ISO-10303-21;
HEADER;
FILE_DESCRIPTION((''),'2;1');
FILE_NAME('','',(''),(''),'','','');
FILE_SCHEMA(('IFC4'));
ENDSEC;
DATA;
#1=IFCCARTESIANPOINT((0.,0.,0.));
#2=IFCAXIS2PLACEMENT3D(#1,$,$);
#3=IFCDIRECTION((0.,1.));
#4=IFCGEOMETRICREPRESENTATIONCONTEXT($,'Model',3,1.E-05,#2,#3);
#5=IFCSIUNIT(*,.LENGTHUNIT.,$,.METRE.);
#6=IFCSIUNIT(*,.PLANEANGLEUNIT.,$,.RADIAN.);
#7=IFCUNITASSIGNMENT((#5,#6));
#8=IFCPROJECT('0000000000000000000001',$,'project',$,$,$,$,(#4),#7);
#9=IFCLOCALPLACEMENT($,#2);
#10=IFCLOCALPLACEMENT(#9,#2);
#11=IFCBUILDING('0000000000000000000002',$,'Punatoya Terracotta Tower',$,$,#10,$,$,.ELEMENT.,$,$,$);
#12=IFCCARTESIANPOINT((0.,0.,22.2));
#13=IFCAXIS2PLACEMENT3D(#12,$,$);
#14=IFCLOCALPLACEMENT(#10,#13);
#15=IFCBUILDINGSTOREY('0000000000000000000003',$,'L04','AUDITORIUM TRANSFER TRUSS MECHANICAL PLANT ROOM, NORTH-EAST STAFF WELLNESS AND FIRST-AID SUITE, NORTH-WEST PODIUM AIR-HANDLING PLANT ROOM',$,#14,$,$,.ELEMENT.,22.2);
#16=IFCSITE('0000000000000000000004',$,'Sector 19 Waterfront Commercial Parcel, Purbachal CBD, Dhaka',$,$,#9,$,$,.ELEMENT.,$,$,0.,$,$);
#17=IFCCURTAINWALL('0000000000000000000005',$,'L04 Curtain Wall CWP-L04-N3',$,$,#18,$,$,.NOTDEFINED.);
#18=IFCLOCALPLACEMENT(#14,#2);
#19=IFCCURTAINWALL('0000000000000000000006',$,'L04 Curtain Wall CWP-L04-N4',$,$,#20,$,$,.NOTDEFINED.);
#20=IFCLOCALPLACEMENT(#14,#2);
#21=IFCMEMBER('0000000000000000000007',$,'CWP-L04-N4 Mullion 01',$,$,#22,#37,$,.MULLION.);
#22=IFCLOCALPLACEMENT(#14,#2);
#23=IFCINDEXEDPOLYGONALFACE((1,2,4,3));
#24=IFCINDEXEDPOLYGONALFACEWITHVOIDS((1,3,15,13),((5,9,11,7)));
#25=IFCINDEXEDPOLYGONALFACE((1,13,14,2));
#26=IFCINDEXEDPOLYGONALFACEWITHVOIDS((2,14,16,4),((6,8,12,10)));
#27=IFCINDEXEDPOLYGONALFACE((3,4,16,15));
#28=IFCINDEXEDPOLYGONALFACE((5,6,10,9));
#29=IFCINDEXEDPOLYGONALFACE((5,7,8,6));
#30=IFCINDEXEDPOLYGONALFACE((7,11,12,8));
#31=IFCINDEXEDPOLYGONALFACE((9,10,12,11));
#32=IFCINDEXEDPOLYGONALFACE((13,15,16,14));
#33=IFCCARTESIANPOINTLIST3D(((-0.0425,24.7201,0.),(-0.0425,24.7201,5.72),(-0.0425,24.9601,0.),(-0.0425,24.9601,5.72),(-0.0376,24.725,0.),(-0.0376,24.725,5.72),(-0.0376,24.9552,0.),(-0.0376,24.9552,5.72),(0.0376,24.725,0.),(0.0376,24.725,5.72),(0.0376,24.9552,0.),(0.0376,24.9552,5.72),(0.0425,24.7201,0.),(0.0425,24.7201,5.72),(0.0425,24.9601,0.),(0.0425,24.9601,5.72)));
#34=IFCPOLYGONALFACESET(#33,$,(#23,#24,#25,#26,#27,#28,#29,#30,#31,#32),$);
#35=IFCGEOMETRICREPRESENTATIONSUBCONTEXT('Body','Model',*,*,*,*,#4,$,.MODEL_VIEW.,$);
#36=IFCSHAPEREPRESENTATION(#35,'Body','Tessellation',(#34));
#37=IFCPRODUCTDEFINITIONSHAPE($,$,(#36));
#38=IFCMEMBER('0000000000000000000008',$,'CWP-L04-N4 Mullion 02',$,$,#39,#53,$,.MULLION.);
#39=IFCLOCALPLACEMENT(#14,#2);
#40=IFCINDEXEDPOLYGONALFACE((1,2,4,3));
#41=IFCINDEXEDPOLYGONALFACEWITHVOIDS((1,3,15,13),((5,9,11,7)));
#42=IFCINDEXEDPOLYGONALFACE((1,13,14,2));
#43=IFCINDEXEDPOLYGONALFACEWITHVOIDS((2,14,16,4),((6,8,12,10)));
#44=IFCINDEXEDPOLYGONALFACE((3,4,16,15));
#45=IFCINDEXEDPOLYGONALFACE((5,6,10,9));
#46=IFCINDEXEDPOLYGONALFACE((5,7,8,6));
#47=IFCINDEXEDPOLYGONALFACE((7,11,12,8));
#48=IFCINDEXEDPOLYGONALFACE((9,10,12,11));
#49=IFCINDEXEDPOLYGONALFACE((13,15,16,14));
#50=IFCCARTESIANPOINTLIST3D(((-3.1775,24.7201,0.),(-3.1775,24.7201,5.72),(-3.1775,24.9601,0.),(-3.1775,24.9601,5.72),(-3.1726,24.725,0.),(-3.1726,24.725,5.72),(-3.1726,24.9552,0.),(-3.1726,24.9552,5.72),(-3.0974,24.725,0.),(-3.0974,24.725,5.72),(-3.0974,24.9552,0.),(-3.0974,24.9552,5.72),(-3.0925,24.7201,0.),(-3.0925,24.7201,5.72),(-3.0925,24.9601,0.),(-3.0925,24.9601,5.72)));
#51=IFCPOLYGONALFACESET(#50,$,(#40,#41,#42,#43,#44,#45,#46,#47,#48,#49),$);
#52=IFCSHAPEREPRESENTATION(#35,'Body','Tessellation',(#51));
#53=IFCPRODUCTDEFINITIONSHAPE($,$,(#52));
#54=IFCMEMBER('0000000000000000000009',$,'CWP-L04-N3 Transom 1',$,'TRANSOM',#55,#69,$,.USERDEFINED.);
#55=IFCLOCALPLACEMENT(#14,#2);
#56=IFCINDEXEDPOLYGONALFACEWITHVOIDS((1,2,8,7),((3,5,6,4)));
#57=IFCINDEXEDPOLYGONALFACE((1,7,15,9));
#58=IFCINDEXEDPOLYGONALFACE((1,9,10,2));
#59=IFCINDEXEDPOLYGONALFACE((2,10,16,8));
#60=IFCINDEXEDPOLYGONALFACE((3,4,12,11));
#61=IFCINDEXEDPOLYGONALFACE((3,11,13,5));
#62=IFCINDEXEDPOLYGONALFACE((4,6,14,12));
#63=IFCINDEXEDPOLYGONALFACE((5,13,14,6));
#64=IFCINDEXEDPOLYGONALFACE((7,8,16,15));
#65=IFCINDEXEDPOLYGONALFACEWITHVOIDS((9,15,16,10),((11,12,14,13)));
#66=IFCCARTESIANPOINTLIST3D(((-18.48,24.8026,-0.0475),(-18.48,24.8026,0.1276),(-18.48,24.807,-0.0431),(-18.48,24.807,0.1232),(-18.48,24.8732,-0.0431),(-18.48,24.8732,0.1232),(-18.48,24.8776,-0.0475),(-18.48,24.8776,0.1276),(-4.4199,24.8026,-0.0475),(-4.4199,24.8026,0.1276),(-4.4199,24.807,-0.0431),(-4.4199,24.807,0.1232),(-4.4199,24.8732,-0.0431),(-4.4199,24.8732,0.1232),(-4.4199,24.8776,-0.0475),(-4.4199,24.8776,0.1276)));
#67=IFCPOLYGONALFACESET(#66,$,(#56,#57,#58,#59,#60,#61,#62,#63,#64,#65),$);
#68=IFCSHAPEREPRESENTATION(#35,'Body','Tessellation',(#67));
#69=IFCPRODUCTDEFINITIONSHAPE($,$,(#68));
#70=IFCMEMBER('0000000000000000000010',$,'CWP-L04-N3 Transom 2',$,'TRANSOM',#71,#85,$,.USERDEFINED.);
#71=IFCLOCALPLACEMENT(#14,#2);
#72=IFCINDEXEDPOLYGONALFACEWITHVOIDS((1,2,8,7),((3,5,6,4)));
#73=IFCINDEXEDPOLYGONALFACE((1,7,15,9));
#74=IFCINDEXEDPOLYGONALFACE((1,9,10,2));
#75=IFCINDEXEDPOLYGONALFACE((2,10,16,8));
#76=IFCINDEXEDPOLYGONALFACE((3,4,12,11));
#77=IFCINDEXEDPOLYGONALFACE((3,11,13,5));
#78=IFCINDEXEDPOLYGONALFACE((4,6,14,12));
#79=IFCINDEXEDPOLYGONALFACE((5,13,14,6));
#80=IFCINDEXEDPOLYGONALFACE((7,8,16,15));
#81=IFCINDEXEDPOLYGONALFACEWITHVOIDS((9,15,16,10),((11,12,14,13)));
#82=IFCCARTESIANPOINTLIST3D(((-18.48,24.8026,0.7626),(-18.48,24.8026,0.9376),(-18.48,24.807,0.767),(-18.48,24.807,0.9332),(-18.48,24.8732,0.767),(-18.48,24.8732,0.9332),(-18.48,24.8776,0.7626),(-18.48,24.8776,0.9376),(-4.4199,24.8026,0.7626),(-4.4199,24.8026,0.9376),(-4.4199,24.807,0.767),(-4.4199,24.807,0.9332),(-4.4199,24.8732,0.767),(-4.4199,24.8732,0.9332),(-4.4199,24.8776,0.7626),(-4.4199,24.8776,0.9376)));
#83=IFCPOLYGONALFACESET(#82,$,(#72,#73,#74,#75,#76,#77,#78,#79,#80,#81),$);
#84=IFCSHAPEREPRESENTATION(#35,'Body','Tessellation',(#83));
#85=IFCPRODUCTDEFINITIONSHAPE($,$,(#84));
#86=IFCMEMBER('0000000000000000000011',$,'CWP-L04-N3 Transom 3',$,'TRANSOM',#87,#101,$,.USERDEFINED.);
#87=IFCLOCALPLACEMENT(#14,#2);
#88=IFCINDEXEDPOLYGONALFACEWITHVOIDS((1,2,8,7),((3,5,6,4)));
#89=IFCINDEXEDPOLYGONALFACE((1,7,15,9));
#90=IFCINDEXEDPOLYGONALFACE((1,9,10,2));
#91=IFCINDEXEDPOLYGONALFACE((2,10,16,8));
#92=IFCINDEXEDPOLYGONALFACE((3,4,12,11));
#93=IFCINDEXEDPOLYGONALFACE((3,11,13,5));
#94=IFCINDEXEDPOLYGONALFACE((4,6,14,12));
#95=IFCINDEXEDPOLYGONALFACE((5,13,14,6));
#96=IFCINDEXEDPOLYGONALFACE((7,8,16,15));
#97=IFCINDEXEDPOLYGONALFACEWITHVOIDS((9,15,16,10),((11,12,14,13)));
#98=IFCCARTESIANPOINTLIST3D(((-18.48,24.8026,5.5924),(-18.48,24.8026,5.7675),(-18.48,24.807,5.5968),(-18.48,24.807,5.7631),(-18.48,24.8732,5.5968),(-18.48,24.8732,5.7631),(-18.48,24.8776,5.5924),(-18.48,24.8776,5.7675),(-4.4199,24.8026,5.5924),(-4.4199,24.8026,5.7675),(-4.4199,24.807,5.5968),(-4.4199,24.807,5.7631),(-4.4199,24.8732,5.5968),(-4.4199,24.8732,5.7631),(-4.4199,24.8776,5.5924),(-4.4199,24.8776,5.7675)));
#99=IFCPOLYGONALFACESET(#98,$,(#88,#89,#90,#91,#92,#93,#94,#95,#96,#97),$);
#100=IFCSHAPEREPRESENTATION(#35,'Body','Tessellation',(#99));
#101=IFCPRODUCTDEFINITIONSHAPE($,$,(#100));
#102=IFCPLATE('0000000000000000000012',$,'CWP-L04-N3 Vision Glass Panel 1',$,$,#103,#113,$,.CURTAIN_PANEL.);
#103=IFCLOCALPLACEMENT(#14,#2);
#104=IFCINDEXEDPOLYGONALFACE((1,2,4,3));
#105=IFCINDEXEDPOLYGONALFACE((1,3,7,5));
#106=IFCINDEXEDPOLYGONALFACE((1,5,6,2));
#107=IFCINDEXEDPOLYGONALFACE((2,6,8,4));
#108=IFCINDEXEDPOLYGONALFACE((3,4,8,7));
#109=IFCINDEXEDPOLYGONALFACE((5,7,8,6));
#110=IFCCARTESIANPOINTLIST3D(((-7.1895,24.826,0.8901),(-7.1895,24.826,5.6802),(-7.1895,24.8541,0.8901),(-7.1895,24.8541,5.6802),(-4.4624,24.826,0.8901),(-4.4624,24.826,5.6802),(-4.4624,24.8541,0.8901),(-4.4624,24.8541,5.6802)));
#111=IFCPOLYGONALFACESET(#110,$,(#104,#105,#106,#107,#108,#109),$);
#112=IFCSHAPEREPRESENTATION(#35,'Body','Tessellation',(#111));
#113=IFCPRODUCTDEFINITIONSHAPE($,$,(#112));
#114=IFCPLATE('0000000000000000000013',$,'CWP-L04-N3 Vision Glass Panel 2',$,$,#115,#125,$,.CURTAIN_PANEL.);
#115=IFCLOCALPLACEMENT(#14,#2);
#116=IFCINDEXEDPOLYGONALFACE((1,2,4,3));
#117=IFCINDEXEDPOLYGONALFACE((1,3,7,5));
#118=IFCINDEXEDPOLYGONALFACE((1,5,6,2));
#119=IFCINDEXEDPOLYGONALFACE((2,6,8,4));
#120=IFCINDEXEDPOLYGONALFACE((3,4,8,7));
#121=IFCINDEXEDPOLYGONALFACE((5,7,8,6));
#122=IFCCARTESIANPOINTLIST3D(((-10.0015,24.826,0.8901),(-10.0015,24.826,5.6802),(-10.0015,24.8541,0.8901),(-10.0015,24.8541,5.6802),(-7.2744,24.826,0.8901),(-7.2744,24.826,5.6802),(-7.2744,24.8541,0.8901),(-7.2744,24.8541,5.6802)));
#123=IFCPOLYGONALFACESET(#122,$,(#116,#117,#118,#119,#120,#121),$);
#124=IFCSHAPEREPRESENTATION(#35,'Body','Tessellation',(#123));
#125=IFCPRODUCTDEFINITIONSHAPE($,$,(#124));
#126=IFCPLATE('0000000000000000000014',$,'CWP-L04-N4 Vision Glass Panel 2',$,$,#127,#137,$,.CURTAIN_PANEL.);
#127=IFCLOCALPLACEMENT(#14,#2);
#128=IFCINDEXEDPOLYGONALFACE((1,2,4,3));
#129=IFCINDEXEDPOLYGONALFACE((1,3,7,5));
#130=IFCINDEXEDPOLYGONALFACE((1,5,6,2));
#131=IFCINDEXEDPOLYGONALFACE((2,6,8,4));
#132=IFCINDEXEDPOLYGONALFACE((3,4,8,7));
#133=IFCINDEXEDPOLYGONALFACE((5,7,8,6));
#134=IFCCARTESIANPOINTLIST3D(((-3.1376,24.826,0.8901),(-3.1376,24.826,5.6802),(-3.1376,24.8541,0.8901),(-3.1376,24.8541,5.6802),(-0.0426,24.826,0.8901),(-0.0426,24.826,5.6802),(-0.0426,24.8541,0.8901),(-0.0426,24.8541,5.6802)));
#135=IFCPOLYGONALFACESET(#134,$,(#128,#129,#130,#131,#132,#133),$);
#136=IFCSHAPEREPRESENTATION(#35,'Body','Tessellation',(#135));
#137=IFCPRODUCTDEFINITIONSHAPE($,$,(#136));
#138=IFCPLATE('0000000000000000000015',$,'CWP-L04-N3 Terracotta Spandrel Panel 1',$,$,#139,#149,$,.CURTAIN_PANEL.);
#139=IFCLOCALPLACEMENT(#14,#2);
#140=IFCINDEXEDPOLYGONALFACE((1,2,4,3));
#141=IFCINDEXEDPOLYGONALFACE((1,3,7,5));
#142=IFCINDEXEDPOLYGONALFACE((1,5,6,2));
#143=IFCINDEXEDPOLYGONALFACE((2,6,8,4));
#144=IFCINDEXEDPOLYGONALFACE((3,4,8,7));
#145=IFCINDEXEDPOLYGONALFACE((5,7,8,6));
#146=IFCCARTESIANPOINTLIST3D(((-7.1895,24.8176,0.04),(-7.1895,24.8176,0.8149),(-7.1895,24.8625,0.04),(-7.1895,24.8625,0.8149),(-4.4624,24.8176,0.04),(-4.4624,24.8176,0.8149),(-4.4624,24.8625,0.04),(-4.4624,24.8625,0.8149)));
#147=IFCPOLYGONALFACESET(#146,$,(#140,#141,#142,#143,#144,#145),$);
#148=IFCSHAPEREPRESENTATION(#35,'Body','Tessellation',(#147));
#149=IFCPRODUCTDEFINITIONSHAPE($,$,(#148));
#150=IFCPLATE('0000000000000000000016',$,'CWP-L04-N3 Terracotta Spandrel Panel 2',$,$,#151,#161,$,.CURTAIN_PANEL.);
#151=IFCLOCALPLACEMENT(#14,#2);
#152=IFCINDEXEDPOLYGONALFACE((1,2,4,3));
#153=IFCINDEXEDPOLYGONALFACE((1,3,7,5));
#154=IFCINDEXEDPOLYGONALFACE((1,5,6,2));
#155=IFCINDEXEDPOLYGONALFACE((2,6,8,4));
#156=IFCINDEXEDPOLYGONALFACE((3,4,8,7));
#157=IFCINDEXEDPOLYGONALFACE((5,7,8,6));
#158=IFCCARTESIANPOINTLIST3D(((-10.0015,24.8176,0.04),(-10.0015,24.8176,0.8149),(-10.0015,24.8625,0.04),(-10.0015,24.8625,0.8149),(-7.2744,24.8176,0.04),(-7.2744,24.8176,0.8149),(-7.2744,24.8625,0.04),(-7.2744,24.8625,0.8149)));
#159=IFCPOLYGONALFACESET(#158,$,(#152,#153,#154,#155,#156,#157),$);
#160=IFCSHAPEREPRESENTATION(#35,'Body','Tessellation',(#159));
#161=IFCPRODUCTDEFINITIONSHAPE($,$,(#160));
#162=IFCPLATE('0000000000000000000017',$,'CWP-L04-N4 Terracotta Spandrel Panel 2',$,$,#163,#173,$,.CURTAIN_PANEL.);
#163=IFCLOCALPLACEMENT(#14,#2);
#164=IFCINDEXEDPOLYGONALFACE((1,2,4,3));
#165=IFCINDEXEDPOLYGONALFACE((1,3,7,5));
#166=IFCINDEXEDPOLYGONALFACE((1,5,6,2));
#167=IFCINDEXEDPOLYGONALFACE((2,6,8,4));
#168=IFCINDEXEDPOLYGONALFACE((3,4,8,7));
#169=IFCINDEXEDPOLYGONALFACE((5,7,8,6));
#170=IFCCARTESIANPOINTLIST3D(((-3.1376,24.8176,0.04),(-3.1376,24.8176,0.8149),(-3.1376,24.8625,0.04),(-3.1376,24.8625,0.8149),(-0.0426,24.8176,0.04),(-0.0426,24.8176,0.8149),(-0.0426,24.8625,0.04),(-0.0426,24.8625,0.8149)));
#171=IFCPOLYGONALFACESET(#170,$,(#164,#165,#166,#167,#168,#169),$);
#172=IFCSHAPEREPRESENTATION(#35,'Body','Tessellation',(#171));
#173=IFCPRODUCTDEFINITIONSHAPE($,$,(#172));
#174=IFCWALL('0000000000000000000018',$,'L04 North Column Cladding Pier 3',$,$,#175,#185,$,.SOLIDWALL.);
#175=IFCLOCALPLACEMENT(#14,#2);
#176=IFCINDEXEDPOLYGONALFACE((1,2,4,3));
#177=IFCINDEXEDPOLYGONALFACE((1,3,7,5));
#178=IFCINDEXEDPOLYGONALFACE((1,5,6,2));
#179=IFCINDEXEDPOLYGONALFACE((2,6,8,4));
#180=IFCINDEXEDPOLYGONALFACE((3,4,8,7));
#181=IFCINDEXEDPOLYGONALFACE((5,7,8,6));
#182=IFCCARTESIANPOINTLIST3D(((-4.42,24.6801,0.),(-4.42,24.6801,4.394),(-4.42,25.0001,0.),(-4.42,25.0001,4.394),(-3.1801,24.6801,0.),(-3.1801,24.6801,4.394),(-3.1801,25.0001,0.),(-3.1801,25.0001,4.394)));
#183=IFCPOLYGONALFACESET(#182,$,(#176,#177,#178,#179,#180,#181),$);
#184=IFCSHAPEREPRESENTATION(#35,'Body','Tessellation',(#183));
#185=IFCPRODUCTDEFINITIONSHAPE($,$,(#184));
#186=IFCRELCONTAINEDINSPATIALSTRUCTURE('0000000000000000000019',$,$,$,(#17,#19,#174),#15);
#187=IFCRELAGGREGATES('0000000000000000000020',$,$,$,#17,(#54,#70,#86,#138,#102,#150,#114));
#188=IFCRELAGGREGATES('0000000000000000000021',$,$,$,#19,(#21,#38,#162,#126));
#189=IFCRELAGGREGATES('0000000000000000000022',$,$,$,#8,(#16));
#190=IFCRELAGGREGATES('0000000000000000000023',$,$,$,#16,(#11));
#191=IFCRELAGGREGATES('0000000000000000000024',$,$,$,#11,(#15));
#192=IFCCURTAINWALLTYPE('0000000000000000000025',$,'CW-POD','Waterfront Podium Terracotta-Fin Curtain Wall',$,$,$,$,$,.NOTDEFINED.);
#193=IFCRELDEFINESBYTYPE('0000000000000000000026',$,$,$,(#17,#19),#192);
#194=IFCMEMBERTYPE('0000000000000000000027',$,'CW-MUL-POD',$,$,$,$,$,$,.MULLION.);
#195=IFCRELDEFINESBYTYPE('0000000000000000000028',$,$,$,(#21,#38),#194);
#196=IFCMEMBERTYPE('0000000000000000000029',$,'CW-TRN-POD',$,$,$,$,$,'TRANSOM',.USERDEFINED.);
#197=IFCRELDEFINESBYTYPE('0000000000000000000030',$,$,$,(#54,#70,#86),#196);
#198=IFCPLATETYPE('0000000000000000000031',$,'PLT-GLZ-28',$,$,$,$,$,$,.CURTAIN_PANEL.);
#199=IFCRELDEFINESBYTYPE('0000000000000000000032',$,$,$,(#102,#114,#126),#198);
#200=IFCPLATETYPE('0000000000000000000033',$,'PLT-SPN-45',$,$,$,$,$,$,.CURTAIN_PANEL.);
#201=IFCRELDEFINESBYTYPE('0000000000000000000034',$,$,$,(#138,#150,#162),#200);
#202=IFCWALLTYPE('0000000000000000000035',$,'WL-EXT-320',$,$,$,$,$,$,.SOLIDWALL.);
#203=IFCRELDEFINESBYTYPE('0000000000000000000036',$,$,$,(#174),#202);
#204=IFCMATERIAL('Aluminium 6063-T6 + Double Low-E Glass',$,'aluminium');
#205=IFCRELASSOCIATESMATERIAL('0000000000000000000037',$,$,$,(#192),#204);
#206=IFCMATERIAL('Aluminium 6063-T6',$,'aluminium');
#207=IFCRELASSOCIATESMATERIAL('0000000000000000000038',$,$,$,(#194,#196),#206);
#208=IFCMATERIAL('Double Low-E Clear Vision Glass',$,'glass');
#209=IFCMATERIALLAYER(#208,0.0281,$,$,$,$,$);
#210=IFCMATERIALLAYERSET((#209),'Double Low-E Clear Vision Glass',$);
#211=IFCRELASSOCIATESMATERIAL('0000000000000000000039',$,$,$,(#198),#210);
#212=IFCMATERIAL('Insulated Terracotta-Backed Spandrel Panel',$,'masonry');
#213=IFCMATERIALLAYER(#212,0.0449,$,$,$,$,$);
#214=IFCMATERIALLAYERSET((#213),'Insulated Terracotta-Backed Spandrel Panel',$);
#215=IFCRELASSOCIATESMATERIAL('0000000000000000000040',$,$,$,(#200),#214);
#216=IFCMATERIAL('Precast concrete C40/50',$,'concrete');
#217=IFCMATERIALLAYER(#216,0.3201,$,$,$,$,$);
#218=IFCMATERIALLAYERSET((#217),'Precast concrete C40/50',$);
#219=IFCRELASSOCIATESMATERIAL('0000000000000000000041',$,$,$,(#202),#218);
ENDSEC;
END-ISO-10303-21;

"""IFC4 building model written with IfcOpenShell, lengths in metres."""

from ifc_helpers import new_model, si_unit, direction, frame, frame_2d, origin, origin_2d, place, context, subcontext, project, spatial, rectangle, hollow_rectangle, extrude, material, layer, layer_set, material_profile, profile_set, type_object, element, aggregate, save


model = new_model("IFC4")

# Units and contexts
model_context = context("Model", 3, precision=1e-05, world=origin(), true_north=direction((0.0, 1.0)))
body_context = subcontext(model_context, "Body", "Model", "MODEL_VIEW")
ifc_project = project(units=[si_unit("LENGTHUNIT", "METRE"), si_unit("PLANEANGLEUNIT", "RADIAN")], contexts=[model_context])

# Site, building, storey
site_placement = place(None, origin())
site = spatial("IfcSite", under=ifc_project, at=site_placement, Name="Sector 19 Waterfront Commercial Parcel, Purbachal CBD, Dhaka", CompositionType="ELEMENT", RefElevation=0.0)
building_placement = place(site_placement, origin())
building = spatial("IfcBuilding", under=site, at=building_placement, Name="Punatoya Terracotta Tower", CompositionType="ELEMENT")
storey_placement = place(building_placement, frame((0.0, 0.0, 22.2)))
storey = spatial("IfcBuildingStorey", under=building, at=storey_placement, Name="L04", Description="AUDITORIUM TRANSFER TRUSS MECHANICAL PLANT ROOM, NORTH-EAST STAFF WELLNESS AND FIRST-AID SUITE, NORTH-WEST PODIUM AIR-HANDLING PLANT ROOM", CompositionType="ELEMENT", Elevation=22.2)

# Curtain walls, members
ifc_material_1 = material(Name="Aluminium 6063-T6 + Double Low-E Glass", Category="aluminium")
curtain_wall_type = type_object("IfcCurtainWallType", Name="CW-POD", Description="Waterfront Podium Terracotta-Fin Curtain Wall", PredefinedType="NOTDEFINED", material=ifc_material_1)
curtain_wall_1_placement = place(storey_placement, origin())
curtain_wall_1 = element("IfcCurtainWall", 1, at=curtain_wall_1_placement, inside=storey, type_object=curtain_wall_type, Name="L04 Curtain Wall CWP-L04-N3", PredefinedType="NOTDEFINED")
ifc_material_2 = material(Name="Aluminium 6063-T6", Category="aluminium")
ifc_material_profile_1 = material_profile(ifc_material_2, hollow_rectangle(XDim=0.085, YDim=0.24, WallThickness=0.0049, at=origin_2d()))
ifc_profile_set_1 = profile_set([ifc_material_profile_1], Name="Aluminium 6063-T6")
member_type_1 = type_object("IfcMemberType", Name="CW-MUL-POD", PredefinedType="MULLION", material=ifc_profile_set_1)
curtain_wall_2_placement = place(storey_placement, origin())
curtain_wall_2 = element("IfcCurtainWall", 2, at=curtain_wall_2_placement, inside=storey, type_object=curtain_wall_type, Name="L04 Curtain Wall CWP-L04-N4", PredefinedType="NOTDEFINED")
member_1_placement = place(storey_placement, frame((0.0, 24.8401, 0.0), z_axis=(0.0, 0.0, 1.0), x_axis=(1.0, 0.0, 0.0)))
member_1 = element("IfcMember", 3, at=member_1_placement, type_object=member_type_1, Name="CWP-L04-N4 Mullion 01", PredefinedType="MULLION", context=body_context, shape_type="SweptSolid", body=[
    extrude(hollow_rectangle(XDim=0.085, YDim=0.24, WallThickness=0.0049, at=origin_2d()), origin(), (0.0, 0.0, 1.0), 5.72),
])
member_2_placement = place(storey_placement, frame((-3.135, 24.8401, 0.0), z_axis=(0.0, 0.0, 1.0), x_axis=(1.0, 0.0, 0.0)))
member_2 = element("IfcMember", 4, at=member_2_placement, type_object=member_type_1, Name="CWP-L04-N4 Mullion 02", PredefinedType="MULLION", context=body_context, shape_type="SweptSolid", body=[
    extrude(hollow_rectangle(XDim=0.085, YDim=0.24, WallThickness=0.0049, at=origin_2d()), origin(), (0.0, 0.0, 1.0), 5.72),
])

# Members
ifc_material_profile_2 = material_profile(ifc_material_2, hollow_rectangle(XDim=0.075, YDim=0.175, WallThickness=0.0044, at=origin_2d()))
ifc_profile_set_2 = profile_set([ifc_material_profile_2], Name="Aluminium 6063-T6")
member_type_2 = type_object("IfcMemberType", Name="CW-TRN-POD", ElementType="TRANSOM", PredefinedType="USERDEFINED", material=ifc_profile_set_2)
member_3_placement = place(storey_placement, frame((-4.4199, 24.8401, 0.04), z_axis=(-1.0, 0.0, 0.0), x_axis=(0.0, -1.0, 0.0)))
member_3 = element("IfcMember", 5, at=member_3_placement, type_object=member_type_2, Name="CWP-L04-N3 Transom 1", ObjectType="TRANSOM", PredefinedType="USERDEFINED", context=body_context, shape_type="SweptSolid", body=[
    extrude(hollow_rectangle(XDim=0.075, YDim=0.175, WallThickness=0.0044, at=origin_2d()), origin(), (0.0, 0.0, 1.0), 14.0601),
])
member_4_placement = place(storey_placement, frame((-4.4199, 24.8401, 0.8501), z_axis=(-1.0, 0.0, 0.0), x_axis=(0.0, -1.0, 0.0)))
member_4 = element("IfcMember", 6, at=member_4_placement, type_object=member_type_2, Name="CWP-L04-N3 Transom 2", ObjectType="TRANSOM", PredefinedType="USERDEFINED", context=body_context, shape_type="SweptSolid", body=[
    extrude(hollow_rectangle(XDim=0.075, YDim=0.175, WallThickness=0.0044, at=origin_2d()), origin(), (0.0, 0.0, 1.0), 14.0601),
])
member_5_placement = place(storey_placement, frame((-4.4199, 24.8401, 5.6799), z_axis=(-1.0, 0.0, 0.0), x_axis=(0.0, -1.0, 0.0)))
member_5 = element("IfcMember", 7, at=member_5_placement, type_object=member_type_2, Name="CWP-L04-N3 Transom 3", ObjectType="TRANSOM", PredefinedType="USERDEFINED", context=body_context, shape_type="SweptSolid", body=[
    extrude(hollow_rectangle(XDim=0.075, YDim=0.175, WallThickness=0.0044, at=origin_2d()), origin(), (0.0, 0.0, 1.0), 14.0601),
])

# Plates
ifc_material_3 = material(Name="Double Low-E Clear Vision Glass", Category="glass")
ifc_layer_1 = layer(ifc_material_3, 0.0281)
ifc_layer_set_1 = layer_set([ifc_layer_1], Name="Double Low-E Clear Vision Glass")
plate_type_1 = type_object("IfcPlateType", Name="PLT-GLZ-28", PredefinedType="CURTAIN_PANEL", material=ifc_layer_set_1)
plate_1_placement = place(storey_placement, frame((-5.8259, 24.8401, 0.8901), z_axis=(0.0, 0.0, 1.0), x_axis=(-1.0, 0.0, 0.0)))
plate_1 = element("IfcPlate", 8, at=plate_1_placement, type_object=plate_type_1, Name="CWP-L04-N3 Vision Glass Panel 1", PredefinedType="CURTAIN_PANEL", context=body_context, shape_type="SweptSolid", body=[
    extrude(rectangle(XDim=2.7271, YDim=0.0281, at=origin_2d()), origin(), (0.0, 0.0, 1.0), 4.79),
])
plate_2_placement = place(storey_placement, frame((-8.6379, 24.8401, 0.8901), z_axis=(0.0, 0.0, 1.0), x_axis=(-1.0, 0.0, 0.0)))
plate_2 = element("IfcPlate", 9, at=plate_2_placement, type_object=plate_type_1, Name="CWP-L04-N3 Vision Glass Panel 2", PredefinedType="CURTAIN_PANEL", context=body_context, shape_type="SweptSolid", body=[
    extrude(rectangle(XDim=2.7271, YDim=0.0281, at=origin_2d()), origin(), (0.0, 0.0, 1.0), 4.79),
])
plate_3_placement = place(storey_placement, frame((-1.5901, 24.8401, 0.8901), z_axis=(0.0, 0.0, 1.0), x_axis=(-1.0, 0.0, 0.0)))
plate_3 = element("IfcPlate", 10, at=plate_3_placement, type_object=plate_type_1, Name="CWP-L04-N4 Vision Glass Panel 2", PredefinedType="CURTAIN_PANEL", context=body_context, shape_type="SweptSolid", body=[
    extrude(rectangle(XDim=3.095, YDim=0.0281, at=origin_2d()), origin(), (0.0, 0.0, 1.0), 4.79),
])
ifc_material_4 = material(Name="Insulated Terracotta-Backed Spandrel Panel", Category="masonry")
ifc_layer_2 = layer(ifc_material_4, 0.0449)
ifc_layer_set_2 = layer_set([ifc_layer_2], Name="Insulated Terracotta-Backed Spandrel Panel")
plate_type_2 = type_object("IfcPlateType", Name="PLT-SPN-45", PredefinedType="CURTAIN_PANEL", material=ifc_layer_set_2)
plate_4_placement = place(storey_placement, frame((-5.8259, 24.8401, 0.04), z_axis=(0.0, 0.0, 1.0), x_axis=(-1.0, 0.0, 0.0)))
plate_4 = element("IfcPlate", 11, at=plate_4_placement, type_object=plate_type_2, Name="CWP-L04-N3 Terracotta Spandrel Panel 1", PredefinedType="CURTAIN_PANEL", context=body_context, shape_type="SweptSolid", body=[
    extrude(rectangle(XDim=2.7271, YDim=0.0449, at=origin_2d()), origin(), (0.0, 0.0, 1.0), 0.7749),
])
plate_5_placement = place(storey_placement, frame((-8.6379, 24.8401, 0.04), z_axis=(0.0, 0.0, 1.0), x_axis=(-1.0, 0.0, 0.0)))
plate_5 = element("IfcPlate", 12, at=plate_5_placement, type_object=plate_type_2, Name="CWP-L04-N3 Terracotta Spandrel Panel 2", PredefinedType="CURTAIN_PANEL", context=body_context, shape_type="SweptSolid", body=[
    extrude(rectangle(XDim=2.7271, YDim=0.0449, at=origin_2d()), origin(), (0.0, 0.0, 1.0), 0.7749),
])
aggregate(curtain_wall_1, [member_3, member_4, member_5, plate_4, plate_1, plate_5, plate_2])
plate_6_placement = place(storey_placement, frame((-1.5901, 24.8401, 0.04), z_axis=(0.0, 0.0, 1.0), x_axis=(-1.0, 0.0, 0.0)))
plate_6 = element("IfcPlate", 13, at=plate_6_placement, type_object=plate_type_2, Name="CWP-L04-N4 Terracotta Spandrel Panel 2", PredefinedType="CURTAIN_PANEL", context=body_context, shape_type="SweptSolid", body=[
    extrude(rectangle(XDim=3.095, YDim=0.0449, at=origin_2d()), origin(), (0.0, 0.0, 1.0), 0.7749),
])
aggregate(curtain_wall_2, [member_1, member_2, plate_6, plate_3])

# Wall
ifc_material_5 = material(Name="Precast concrete C40/50", Category="concrete")
ifc_layer_3 = layer(ifc_material_5, 0.3201)
ifc_layer_set_3 = layer_set([ifc_layer_3], Name="Precast concrete C40/50")
wall_type_1 = type_object("IfcWallType", Name="WL-EXT-320", PredefinedType="SOLIDWALL", material=ifc_layer_set_3)
wall_1_placement = place(storey_placement, frame((-3.1799, 24.8401, 0.0), z_axis=(0.0, 0.0, 1.0), x_axis=(-1.0, 0.0, 0.0)))
element("IfcWall", 14, at=wall_1_placement, inside=storey, type_object=wall_type_1, Name="L04 North Column Cladding Pier 3", PredefinedType="SOLIDWALL", context=body_context, shape_type="SweptSolid", body=[
    extrude(rectangle(XDim=1.24, YDim=0.3201, at=frame_2d((0.6201, 0.0))), origin(), (0.0, 0.0, 1.0), 4.394),
])

save(model, "model.ifc")
